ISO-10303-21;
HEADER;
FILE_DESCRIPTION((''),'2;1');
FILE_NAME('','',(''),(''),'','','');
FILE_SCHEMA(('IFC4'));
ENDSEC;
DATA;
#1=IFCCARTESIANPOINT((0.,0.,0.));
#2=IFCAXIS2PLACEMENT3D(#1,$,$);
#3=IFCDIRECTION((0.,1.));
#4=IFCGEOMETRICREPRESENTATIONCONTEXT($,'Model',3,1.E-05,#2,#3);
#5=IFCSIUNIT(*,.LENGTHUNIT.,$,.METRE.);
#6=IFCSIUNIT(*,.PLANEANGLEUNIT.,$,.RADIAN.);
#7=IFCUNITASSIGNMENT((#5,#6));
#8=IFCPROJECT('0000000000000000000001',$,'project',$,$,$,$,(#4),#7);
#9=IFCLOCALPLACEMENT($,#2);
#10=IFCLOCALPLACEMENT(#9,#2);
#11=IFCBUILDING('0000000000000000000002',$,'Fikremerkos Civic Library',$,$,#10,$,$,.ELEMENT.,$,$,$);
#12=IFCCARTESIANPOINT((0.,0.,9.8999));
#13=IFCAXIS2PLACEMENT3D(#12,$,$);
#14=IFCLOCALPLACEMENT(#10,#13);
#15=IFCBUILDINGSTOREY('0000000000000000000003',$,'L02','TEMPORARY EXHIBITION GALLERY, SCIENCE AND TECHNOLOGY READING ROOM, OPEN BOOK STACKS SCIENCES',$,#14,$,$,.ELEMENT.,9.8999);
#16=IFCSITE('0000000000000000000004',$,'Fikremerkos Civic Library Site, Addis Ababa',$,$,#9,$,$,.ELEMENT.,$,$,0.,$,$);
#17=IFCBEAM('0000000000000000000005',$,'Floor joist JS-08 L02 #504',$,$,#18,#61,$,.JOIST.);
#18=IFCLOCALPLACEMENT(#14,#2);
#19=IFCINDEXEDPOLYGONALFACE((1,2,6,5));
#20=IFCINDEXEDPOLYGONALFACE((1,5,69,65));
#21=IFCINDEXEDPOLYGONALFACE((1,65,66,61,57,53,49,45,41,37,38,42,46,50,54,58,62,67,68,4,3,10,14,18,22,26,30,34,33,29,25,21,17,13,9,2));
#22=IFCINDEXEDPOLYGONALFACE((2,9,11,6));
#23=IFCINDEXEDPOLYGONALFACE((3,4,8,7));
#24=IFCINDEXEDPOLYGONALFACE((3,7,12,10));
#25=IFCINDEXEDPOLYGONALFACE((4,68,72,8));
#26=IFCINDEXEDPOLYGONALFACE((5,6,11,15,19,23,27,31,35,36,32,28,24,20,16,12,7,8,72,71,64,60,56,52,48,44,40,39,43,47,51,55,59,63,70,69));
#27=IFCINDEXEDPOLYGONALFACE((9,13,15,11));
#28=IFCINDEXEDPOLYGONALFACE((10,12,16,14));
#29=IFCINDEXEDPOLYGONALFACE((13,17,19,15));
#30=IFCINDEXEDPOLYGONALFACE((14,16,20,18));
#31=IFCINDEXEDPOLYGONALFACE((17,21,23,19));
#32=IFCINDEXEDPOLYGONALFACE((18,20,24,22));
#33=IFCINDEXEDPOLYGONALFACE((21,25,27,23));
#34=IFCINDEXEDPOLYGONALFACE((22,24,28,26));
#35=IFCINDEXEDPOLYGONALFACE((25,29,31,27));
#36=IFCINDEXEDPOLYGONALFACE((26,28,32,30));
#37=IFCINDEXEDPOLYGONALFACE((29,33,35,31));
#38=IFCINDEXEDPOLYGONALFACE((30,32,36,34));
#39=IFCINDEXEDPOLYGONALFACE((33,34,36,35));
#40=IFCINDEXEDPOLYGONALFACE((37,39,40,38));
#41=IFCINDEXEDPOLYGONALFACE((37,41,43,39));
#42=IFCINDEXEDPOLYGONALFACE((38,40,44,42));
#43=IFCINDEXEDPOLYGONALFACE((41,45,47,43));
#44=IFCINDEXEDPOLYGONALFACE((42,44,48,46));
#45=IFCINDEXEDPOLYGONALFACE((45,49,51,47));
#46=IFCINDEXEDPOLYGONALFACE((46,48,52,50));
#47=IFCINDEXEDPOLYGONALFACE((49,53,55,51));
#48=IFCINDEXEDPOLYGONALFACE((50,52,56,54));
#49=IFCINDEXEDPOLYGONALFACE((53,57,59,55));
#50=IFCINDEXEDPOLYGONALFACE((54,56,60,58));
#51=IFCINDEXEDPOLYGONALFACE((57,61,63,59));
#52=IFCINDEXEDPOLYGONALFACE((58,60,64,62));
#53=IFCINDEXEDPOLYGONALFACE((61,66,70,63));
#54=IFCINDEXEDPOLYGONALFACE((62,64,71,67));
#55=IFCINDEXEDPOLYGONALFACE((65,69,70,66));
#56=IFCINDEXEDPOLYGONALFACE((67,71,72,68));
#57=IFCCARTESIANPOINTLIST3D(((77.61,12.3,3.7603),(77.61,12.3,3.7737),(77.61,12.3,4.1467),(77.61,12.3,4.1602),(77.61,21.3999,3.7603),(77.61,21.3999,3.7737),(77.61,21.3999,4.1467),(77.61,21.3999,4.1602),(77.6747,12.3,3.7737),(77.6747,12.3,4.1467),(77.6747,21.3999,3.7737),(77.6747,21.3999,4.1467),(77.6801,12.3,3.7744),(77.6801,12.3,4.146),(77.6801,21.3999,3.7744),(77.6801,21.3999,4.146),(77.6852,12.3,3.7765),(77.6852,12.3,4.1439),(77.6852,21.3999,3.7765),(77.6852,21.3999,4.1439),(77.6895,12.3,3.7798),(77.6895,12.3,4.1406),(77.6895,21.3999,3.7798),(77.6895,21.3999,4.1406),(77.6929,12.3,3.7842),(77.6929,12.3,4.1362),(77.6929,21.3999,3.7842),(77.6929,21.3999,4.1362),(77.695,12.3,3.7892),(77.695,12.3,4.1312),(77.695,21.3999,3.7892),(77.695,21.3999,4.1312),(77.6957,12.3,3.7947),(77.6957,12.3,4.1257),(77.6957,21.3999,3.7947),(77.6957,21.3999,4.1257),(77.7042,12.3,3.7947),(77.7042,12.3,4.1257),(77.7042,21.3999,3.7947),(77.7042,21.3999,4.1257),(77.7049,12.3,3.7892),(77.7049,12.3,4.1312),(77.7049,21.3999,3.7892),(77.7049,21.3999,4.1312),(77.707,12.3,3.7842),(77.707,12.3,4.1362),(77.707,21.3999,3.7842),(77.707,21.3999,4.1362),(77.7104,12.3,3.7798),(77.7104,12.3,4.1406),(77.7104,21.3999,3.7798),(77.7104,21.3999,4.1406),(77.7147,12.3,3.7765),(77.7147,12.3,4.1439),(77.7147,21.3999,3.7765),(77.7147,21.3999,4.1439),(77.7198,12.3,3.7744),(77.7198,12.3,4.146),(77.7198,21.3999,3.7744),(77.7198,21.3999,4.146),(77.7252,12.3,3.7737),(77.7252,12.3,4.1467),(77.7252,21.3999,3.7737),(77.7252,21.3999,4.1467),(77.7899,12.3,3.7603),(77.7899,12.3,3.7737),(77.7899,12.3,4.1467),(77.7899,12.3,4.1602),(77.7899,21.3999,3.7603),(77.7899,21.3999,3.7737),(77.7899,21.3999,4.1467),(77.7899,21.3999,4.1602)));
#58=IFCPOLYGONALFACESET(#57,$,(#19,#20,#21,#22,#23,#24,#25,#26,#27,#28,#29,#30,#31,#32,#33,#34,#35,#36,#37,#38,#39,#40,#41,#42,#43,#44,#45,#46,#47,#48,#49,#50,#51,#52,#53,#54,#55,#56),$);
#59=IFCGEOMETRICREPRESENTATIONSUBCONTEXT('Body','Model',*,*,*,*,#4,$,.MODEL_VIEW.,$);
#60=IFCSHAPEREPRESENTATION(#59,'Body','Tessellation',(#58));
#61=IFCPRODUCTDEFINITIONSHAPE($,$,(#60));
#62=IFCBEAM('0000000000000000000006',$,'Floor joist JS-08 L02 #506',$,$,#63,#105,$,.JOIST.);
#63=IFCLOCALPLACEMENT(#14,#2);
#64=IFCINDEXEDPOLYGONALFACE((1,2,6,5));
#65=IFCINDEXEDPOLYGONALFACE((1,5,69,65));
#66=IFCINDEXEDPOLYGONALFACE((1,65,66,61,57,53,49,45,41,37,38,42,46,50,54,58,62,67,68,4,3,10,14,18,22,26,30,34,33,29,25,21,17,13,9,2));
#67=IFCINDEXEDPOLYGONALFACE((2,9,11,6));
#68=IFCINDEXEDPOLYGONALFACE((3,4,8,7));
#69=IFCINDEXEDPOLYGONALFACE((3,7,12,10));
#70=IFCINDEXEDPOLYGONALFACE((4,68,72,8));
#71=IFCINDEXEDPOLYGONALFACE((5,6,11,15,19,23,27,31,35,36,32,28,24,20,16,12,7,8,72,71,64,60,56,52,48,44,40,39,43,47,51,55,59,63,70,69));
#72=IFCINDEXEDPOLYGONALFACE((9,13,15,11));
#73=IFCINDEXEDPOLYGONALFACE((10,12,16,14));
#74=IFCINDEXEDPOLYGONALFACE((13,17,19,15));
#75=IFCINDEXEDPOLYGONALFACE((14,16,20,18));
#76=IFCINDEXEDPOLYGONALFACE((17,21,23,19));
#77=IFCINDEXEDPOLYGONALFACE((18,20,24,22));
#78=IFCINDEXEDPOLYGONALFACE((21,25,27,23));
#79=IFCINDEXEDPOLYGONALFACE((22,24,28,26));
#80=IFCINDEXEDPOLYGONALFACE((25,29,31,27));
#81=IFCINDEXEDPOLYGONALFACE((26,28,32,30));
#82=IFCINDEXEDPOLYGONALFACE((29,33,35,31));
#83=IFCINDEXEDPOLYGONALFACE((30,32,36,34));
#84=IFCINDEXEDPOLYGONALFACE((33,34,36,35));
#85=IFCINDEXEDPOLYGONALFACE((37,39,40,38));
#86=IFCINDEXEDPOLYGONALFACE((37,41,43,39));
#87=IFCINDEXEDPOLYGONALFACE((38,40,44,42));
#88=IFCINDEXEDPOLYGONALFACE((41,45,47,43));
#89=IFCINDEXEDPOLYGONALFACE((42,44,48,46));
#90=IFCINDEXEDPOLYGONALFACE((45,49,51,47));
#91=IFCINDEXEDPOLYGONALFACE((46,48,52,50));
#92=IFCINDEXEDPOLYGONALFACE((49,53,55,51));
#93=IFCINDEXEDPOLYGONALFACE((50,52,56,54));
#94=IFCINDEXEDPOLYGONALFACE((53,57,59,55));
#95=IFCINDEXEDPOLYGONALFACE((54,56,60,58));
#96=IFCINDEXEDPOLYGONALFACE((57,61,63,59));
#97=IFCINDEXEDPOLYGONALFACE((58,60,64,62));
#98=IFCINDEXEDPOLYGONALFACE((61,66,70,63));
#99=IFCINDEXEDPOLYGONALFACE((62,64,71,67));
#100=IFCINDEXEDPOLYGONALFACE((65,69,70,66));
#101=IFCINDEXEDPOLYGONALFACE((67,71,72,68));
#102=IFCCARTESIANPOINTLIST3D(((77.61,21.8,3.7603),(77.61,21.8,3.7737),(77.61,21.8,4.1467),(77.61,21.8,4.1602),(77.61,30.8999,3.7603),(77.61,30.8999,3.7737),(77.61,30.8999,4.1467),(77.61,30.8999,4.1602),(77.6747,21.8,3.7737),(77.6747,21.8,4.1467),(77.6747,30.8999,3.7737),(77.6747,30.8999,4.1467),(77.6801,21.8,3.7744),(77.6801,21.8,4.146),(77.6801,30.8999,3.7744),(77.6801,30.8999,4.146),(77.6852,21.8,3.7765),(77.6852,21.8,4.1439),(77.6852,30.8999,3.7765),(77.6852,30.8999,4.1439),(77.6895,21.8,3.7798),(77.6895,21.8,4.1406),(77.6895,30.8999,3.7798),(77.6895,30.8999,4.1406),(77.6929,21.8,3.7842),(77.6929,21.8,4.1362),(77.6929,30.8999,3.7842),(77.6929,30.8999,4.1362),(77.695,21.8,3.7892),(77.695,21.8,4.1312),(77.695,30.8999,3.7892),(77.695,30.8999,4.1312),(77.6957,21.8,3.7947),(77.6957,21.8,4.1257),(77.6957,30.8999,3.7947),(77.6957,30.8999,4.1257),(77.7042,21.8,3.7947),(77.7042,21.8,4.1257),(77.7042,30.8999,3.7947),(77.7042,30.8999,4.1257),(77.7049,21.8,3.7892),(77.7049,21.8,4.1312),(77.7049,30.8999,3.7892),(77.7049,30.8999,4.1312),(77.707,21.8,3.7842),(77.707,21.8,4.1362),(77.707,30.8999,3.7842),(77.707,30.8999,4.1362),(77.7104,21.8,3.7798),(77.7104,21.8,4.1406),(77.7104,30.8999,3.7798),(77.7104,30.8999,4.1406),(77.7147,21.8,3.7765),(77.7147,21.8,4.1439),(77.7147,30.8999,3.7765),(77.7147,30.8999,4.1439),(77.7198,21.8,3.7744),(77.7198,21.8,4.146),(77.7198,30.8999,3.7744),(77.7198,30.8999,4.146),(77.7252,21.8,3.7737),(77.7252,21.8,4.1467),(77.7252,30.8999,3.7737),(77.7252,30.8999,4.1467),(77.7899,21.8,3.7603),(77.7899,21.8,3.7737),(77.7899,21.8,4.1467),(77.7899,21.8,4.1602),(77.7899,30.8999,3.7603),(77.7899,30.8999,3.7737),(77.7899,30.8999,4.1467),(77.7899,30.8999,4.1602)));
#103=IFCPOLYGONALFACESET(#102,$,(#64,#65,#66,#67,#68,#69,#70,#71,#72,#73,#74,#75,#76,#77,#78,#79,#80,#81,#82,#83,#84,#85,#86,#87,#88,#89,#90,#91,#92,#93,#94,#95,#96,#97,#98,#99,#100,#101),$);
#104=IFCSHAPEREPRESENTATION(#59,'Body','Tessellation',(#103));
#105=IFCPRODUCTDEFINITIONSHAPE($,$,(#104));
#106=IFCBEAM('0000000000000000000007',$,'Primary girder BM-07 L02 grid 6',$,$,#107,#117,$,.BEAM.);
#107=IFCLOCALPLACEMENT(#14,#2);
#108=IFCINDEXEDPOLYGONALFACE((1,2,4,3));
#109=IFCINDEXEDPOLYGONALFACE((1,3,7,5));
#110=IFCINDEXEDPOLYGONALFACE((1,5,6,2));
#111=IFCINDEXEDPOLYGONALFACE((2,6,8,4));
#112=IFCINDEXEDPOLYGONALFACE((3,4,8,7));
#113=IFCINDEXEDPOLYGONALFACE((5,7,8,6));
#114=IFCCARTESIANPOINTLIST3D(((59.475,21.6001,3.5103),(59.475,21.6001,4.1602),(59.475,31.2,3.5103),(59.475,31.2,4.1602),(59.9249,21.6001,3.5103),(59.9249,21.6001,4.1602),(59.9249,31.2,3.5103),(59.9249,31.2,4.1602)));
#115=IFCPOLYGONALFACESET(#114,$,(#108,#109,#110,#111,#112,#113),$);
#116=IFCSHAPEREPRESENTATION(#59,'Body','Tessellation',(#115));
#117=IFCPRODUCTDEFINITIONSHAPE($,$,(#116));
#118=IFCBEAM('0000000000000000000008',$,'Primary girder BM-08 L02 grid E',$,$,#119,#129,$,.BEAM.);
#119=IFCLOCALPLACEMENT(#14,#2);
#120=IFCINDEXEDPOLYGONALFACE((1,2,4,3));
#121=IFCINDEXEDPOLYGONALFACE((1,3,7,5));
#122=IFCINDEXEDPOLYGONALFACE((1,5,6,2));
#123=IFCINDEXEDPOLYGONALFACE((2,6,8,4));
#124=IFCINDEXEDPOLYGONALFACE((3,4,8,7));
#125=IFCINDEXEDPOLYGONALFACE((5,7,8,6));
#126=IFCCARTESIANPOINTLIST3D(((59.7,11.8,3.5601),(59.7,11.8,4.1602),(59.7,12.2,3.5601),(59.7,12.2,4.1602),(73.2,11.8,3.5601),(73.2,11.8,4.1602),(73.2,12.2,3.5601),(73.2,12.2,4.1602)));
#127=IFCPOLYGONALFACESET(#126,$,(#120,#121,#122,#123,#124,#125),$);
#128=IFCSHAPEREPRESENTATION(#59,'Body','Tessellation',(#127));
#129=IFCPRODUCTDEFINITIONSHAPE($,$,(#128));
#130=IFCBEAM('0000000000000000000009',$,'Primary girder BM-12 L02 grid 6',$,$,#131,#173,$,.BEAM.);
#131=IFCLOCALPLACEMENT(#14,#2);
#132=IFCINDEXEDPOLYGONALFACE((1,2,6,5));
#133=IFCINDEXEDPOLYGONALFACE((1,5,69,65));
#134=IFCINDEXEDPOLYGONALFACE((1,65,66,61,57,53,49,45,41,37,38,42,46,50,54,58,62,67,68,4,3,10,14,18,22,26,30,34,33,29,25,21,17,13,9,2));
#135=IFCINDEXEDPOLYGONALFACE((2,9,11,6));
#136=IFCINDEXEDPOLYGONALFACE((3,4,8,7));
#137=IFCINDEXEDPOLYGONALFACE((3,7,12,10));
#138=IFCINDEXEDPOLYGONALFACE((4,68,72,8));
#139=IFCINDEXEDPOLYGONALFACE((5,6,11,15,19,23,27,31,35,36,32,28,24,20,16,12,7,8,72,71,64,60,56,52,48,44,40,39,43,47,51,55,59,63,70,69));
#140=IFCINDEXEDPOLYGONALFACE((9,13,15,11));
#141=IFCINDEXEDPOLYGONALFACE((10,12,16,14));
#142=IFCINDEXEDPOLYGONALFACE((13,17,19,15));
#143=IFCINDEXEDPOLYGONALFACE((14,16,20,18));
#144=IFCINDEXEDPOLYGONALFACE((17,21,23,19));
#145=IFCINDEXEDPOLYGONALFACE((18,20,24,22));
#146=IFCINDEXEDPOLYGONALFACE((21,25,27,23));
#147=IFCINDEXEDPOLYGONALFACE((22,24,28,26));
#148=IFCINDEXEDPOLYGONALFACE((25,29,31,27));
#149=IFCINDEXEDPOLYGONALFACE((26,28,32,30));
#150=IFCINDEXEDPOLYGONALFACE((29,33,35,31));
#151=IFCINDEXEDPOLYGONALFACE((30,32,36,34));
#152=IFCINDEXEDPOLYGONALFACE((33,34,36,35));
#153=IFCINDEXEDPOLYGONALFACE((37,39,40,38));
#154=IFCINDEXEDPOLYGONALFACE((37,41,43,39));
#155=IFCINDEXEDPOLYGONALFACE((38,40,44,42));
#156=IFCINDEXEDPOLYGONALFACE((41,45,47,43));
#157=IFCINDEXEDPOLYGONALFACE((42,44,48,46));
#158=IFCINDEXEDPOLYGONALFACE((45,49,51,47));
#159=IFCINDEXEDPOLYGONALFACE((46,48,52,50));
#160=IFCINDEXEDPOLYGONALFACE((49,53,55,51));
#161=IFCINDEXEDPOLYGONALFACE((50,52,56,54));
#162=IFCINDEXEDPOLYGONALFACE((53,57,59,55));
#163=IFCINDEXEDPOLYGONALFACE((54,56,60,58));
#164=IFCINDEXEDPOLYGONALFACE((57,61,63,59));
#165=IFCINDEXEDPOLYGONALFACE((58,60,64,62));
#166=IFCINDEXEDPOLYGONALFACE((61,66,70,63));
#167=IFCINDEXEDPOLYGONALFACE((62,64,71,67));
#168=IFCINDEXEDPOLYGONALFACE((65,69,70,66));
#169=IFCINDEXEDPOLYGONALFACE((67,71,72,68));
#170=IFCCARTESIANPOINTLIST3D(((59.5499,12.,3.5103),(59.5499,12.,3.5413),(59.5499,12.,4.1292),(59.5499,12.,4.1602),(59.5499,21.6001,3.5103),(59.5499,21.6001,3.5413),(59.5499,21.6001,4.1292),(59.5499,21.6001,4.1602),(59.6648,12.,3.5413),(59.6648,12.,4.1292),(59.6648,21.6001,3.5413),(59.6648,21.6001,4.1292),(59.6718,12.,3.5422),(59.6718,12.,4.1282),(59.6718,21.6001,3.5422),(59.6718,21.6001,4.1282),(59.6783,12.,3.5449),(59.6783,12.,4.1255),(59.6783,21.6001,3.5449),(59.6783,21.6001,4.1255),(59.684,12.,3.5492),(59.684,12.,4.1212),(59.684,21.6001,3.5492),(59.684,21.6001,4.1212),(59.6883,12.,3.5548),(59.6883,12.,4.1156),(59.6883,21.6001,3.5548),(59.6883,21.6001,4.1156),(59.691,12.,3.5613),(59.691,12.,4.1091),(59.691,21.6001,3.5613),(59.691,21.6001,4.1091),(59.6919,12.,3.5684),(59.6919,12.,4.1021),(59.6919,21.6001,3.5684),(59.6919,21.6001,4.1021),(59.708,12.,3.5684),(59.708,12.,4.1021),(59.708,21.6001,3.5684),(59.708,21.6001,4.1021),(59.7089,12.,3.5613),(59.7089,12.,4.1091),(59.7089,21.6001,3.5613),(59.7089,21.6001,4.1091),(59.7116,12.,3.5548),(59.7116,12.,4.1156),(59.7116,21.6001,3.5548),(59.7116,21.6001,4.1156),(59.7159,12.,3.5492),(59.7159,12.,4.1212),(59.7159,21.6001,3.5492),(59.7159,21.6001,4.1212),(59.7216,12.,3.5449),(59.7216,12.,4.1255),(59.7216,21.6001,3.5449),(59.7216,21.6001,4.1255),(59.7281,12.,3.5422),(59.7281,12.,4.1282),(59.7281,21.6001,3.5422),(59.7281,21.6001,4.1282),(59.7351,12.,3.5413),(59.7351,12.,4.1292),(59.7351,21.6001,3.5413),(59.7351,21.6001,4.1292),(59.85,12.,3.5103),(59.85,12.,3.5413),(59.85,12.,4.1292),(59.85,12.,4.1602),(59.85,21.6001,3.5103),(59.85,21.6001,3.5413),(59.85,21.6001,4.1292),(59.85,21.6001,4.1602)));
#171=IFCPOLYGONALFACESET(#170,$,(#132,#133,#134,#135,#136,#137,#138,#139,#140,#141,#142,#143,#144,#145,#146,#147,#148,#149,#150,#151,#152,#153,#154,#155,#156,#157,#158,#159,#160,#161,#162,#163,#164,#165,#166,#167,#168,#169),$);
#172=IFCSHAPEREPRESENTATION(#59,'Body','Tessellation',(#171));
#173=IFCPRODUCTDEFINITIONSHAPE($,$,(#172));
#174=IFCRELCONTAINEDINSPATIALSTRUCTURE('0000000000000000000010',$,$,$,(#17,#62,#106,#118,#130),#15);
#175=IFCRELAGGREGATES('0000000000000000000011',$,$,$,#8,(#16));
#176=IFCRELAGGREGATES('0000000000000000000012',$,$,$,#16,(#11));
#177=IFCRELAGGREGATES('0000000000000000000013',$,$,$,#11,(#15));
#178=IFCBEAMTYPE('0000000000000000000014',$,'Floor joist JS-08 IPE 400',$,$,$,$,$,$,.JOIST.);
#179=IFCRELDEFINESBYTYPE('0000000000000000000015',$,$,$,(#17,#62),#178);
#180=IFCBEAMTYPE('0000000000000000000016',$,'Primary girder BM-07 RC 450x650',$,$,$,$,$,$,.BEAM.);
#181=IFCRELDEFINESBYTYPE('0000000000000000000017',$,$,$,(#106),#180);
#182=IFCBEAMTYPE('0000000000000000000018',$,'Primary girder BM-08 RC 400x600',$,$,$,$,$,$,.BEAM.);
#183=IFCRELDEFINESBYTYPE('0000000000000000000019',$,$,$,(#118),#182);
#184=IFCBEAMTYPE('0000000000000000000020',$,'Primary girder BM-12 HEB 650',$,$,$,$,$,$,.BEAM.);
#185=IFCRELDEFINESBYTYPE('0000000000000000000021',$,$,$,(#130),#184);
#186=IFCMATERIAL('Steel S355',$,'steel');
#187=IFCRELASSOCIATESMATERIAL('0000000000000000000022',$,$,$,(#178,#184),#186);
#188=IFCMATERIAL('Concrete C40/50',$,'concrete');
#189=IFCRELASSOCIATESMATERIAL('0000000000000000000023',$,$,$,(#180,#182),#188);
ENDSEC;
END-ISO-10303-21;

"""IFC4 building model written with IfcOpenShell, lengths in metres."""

from ifc_helpers import new_model, si_unit, direction, frame, origin, origin_2d, place, context, subcontext, project, spatial, rectangle, i_section, extrude, material, material_profile, profile_set, type_object, element, save


model = new_model("IFC4")

# Units and contexts
model_context = context("Model", 3, precision=1e-05, world=origin(), true_north=direction((0.0, 1.0)))
body_context = subcontext(model_context, "Body", "Model", "MODEL_VIEW")
ifc_project = project(units=[si_unit("LENGTHUNIT", "METRE"), si_unit("PLANEANGLEUNIT", "RADIAN")], contexts=[model_context])

# Site, building, storey
site_placement = place(None, origin())
site = spatial("IfcSite", under=ifc_project, at=site_placement, Name="Fikremerkos Civic Library Site, Addis Ababa", CompositionType="ELEMENT", RefElevation=0.0)
building_placement = place(site_placement, origin())
building = spatial("IfcBuilding", under=site, at=building_placement, Name="Fikremerkos Civic Library", CompositionType="ELEMENT")
storey_placement = place(building_placement, frame((0.0, 0.0, 9.8999)))
storey = spatial("IfcBuildingStorey", under=building, at=storey_placement, Name="L02", Description="TEMPORARY EXHIBITION GALLERY, SCIENCE AND TECHNOLOGY READING ROOM, OPEN BOOK STACKS SCIENCES", CompositionType="ELEMENT", Elevation=9.8999)

# Shared definitions
ifc_material_1 = material(Name="Concrete C40/50", Category="concrete")
ifc_material_2 = material(Name="Steel S355", Category="steel")

# Beams
ifc_material_profile_1 = material_profile(ifc_material_2, i_section(OverallWidth=0.1799, OverallDepth=0.3999, WebThickness=0.0085, FlangeThickness=0.0134, FilletRadius=0.021, at=origin_2d()), Name="IPE 400")
ifc_profile_set_1 = profile_set([ifc_material_profile_1], Name="Steel S355")
beam_type_1 = type_object("IfcBeamType", Name="Floor joist JS-08 IPE 400", PredefinedType="JOIST", material=ifc_profile_set_1)
for number, where, z_axis, x_axis, name in (
    (1, (77.7, 12.3, 3.9602), (0.0, 1.0, 0.0), (-1.0, 0.0, 0.0), "Floor joist JS-08 L02 #504"),
    (2, (77.7, 21.8, 3.9602), (0.0, 1.0, 0.0), (-1.0, 0.0, 0.0), "Floor joist JS-08 L02 #506"),
):
    element("IfcBeam", number, at=place(storey_placement, frame(where, z_axis=z_axis, x_axis=x_axis)), inside=storey, type_object=beam_type_1, Name=name, PredefinedType="JOIST", context=body_context, shape_type="SweptSolid", body=[
        extrude(i_section(OverallWidth=0.1799, OverallDepth=0.3999, WebThickness=0.0085, FlangeThickness=0.0134, FilletRadius=0.021, at=origin_2d()), origin(), (0.0, 0.0, 1.0), 9.0999),
    ])
ifc_material_profile_2 = material_profile(ifc_material_1, rectangle(XDim=0.45, YDim=0.6499, at=origin_2d()), Name="RC 450x650")
ifc_profile_set_2 = profile_set([ifc_material_profile_2], Name="Concrete C40/50")
beam_type_2 = type_object("IfcBeamType", Name="Primary girder BM-07 RC 450x650", PredefinedType="BEAM", material=ifc_profile_set_2)
beam_1_placement = place(storey_placement, frame((59.7, 21.6001, 3.8352), z_axis=(0.0, 1.0, 0.0), x_axis=(-1.0, 0.0, 0.0)))
element("IfcBeam", 3, at=beam_1_placement, inside=storey, type_object=beam_type_2, Name="Primary girder BM-07 L02 grid 6", PredefinedType="BEAM", context=body_context, shape_type="SweptSolid", body=[
    extrude(rectangle(XDim=0.45, YDim=0.6499, at=origin_2d()), origin(), (0.0, 0.0, 1.0), 9.5999),
])
ifc_material_profile_3 = material_profile(ifc_material_1, rectangle(XDim=0.3999, YDim=0.6001, at=origin_2d()), Name="RC 400x600")
ifc_profile_set_3 = profile_set([ifc_material_profile_3], Name="Concrete C40/50")
beam_type_3 = type_object("IfcBeamType", Name="Primary girder BM-08 RC 400x600", PredefinedType="BEAM", material=ifc_profile_set_3)
beam_2_placement = place(storey_placement, frame((59.7, 12.0, 3.8601), z_axis=(1.0, 0.0, 0.0), x_axis=(0.0, 1.0, 0.0)))
element("IfcBeam", 4, at=beam_2_placement, inside=storey, type_object=beam_type_3, Name="Primary girder BM-08 L02 grid E", PredefinedType="BEAM", context=body_context, shape_type="SweptSolid", body=[
    extrude(rectangle(XDim=0.3999, YDim=0.6001, at=origin_2d()), origin(), (0.0, 0.0, 1.0), 13.5),
])
ifc_material_profile_4 = material_profile(ifc_material_2, i_section(OverallWidth=0.3, OverallDepth=0.6499, WebThickness=0.0161, FlangeThickness=0.031, FilletRadius=0.0271, at=origin_2d()), Name="HEB 650")
ifc_profile_set_4 = profile_set([ifc_material_profile_4], Name="Steel S355")
beam_type_4 = type_object("IfcBeamType", Name="Primary girder BM-12 HEB 650", PredefinedType="BEAM", material=ifc_profile_set_4)
for number, where, z_axis, x_axis, name in (
    (5, (59.7, 12.0, 3.8352), (0.0, 1.0, 0.0), (-1.0, 0.0, 0.0), "Primary girder BM-12 L02 grid 6"),
):
    element("IfcBeam", number, at=place(storey_placement, frame(where, z_axis=z_axis, x_axis=x_axis)), inside=storey, type_object=beam_type_4, Name=name, PredefinedType="BEAM", context=body_context, shape_type="SweptSolid", body=[
        extrude(i_section(OverallWidth=0.3, OverallDepth=0.6499, WebThickness=0.0161, FlangeThickness=0.031, FilletRadius=0.0271, at=origin_2d()), origin(), (0.0, 0.0, 1.0), 9.6001),
    ])

save(model, "model.ifc")
